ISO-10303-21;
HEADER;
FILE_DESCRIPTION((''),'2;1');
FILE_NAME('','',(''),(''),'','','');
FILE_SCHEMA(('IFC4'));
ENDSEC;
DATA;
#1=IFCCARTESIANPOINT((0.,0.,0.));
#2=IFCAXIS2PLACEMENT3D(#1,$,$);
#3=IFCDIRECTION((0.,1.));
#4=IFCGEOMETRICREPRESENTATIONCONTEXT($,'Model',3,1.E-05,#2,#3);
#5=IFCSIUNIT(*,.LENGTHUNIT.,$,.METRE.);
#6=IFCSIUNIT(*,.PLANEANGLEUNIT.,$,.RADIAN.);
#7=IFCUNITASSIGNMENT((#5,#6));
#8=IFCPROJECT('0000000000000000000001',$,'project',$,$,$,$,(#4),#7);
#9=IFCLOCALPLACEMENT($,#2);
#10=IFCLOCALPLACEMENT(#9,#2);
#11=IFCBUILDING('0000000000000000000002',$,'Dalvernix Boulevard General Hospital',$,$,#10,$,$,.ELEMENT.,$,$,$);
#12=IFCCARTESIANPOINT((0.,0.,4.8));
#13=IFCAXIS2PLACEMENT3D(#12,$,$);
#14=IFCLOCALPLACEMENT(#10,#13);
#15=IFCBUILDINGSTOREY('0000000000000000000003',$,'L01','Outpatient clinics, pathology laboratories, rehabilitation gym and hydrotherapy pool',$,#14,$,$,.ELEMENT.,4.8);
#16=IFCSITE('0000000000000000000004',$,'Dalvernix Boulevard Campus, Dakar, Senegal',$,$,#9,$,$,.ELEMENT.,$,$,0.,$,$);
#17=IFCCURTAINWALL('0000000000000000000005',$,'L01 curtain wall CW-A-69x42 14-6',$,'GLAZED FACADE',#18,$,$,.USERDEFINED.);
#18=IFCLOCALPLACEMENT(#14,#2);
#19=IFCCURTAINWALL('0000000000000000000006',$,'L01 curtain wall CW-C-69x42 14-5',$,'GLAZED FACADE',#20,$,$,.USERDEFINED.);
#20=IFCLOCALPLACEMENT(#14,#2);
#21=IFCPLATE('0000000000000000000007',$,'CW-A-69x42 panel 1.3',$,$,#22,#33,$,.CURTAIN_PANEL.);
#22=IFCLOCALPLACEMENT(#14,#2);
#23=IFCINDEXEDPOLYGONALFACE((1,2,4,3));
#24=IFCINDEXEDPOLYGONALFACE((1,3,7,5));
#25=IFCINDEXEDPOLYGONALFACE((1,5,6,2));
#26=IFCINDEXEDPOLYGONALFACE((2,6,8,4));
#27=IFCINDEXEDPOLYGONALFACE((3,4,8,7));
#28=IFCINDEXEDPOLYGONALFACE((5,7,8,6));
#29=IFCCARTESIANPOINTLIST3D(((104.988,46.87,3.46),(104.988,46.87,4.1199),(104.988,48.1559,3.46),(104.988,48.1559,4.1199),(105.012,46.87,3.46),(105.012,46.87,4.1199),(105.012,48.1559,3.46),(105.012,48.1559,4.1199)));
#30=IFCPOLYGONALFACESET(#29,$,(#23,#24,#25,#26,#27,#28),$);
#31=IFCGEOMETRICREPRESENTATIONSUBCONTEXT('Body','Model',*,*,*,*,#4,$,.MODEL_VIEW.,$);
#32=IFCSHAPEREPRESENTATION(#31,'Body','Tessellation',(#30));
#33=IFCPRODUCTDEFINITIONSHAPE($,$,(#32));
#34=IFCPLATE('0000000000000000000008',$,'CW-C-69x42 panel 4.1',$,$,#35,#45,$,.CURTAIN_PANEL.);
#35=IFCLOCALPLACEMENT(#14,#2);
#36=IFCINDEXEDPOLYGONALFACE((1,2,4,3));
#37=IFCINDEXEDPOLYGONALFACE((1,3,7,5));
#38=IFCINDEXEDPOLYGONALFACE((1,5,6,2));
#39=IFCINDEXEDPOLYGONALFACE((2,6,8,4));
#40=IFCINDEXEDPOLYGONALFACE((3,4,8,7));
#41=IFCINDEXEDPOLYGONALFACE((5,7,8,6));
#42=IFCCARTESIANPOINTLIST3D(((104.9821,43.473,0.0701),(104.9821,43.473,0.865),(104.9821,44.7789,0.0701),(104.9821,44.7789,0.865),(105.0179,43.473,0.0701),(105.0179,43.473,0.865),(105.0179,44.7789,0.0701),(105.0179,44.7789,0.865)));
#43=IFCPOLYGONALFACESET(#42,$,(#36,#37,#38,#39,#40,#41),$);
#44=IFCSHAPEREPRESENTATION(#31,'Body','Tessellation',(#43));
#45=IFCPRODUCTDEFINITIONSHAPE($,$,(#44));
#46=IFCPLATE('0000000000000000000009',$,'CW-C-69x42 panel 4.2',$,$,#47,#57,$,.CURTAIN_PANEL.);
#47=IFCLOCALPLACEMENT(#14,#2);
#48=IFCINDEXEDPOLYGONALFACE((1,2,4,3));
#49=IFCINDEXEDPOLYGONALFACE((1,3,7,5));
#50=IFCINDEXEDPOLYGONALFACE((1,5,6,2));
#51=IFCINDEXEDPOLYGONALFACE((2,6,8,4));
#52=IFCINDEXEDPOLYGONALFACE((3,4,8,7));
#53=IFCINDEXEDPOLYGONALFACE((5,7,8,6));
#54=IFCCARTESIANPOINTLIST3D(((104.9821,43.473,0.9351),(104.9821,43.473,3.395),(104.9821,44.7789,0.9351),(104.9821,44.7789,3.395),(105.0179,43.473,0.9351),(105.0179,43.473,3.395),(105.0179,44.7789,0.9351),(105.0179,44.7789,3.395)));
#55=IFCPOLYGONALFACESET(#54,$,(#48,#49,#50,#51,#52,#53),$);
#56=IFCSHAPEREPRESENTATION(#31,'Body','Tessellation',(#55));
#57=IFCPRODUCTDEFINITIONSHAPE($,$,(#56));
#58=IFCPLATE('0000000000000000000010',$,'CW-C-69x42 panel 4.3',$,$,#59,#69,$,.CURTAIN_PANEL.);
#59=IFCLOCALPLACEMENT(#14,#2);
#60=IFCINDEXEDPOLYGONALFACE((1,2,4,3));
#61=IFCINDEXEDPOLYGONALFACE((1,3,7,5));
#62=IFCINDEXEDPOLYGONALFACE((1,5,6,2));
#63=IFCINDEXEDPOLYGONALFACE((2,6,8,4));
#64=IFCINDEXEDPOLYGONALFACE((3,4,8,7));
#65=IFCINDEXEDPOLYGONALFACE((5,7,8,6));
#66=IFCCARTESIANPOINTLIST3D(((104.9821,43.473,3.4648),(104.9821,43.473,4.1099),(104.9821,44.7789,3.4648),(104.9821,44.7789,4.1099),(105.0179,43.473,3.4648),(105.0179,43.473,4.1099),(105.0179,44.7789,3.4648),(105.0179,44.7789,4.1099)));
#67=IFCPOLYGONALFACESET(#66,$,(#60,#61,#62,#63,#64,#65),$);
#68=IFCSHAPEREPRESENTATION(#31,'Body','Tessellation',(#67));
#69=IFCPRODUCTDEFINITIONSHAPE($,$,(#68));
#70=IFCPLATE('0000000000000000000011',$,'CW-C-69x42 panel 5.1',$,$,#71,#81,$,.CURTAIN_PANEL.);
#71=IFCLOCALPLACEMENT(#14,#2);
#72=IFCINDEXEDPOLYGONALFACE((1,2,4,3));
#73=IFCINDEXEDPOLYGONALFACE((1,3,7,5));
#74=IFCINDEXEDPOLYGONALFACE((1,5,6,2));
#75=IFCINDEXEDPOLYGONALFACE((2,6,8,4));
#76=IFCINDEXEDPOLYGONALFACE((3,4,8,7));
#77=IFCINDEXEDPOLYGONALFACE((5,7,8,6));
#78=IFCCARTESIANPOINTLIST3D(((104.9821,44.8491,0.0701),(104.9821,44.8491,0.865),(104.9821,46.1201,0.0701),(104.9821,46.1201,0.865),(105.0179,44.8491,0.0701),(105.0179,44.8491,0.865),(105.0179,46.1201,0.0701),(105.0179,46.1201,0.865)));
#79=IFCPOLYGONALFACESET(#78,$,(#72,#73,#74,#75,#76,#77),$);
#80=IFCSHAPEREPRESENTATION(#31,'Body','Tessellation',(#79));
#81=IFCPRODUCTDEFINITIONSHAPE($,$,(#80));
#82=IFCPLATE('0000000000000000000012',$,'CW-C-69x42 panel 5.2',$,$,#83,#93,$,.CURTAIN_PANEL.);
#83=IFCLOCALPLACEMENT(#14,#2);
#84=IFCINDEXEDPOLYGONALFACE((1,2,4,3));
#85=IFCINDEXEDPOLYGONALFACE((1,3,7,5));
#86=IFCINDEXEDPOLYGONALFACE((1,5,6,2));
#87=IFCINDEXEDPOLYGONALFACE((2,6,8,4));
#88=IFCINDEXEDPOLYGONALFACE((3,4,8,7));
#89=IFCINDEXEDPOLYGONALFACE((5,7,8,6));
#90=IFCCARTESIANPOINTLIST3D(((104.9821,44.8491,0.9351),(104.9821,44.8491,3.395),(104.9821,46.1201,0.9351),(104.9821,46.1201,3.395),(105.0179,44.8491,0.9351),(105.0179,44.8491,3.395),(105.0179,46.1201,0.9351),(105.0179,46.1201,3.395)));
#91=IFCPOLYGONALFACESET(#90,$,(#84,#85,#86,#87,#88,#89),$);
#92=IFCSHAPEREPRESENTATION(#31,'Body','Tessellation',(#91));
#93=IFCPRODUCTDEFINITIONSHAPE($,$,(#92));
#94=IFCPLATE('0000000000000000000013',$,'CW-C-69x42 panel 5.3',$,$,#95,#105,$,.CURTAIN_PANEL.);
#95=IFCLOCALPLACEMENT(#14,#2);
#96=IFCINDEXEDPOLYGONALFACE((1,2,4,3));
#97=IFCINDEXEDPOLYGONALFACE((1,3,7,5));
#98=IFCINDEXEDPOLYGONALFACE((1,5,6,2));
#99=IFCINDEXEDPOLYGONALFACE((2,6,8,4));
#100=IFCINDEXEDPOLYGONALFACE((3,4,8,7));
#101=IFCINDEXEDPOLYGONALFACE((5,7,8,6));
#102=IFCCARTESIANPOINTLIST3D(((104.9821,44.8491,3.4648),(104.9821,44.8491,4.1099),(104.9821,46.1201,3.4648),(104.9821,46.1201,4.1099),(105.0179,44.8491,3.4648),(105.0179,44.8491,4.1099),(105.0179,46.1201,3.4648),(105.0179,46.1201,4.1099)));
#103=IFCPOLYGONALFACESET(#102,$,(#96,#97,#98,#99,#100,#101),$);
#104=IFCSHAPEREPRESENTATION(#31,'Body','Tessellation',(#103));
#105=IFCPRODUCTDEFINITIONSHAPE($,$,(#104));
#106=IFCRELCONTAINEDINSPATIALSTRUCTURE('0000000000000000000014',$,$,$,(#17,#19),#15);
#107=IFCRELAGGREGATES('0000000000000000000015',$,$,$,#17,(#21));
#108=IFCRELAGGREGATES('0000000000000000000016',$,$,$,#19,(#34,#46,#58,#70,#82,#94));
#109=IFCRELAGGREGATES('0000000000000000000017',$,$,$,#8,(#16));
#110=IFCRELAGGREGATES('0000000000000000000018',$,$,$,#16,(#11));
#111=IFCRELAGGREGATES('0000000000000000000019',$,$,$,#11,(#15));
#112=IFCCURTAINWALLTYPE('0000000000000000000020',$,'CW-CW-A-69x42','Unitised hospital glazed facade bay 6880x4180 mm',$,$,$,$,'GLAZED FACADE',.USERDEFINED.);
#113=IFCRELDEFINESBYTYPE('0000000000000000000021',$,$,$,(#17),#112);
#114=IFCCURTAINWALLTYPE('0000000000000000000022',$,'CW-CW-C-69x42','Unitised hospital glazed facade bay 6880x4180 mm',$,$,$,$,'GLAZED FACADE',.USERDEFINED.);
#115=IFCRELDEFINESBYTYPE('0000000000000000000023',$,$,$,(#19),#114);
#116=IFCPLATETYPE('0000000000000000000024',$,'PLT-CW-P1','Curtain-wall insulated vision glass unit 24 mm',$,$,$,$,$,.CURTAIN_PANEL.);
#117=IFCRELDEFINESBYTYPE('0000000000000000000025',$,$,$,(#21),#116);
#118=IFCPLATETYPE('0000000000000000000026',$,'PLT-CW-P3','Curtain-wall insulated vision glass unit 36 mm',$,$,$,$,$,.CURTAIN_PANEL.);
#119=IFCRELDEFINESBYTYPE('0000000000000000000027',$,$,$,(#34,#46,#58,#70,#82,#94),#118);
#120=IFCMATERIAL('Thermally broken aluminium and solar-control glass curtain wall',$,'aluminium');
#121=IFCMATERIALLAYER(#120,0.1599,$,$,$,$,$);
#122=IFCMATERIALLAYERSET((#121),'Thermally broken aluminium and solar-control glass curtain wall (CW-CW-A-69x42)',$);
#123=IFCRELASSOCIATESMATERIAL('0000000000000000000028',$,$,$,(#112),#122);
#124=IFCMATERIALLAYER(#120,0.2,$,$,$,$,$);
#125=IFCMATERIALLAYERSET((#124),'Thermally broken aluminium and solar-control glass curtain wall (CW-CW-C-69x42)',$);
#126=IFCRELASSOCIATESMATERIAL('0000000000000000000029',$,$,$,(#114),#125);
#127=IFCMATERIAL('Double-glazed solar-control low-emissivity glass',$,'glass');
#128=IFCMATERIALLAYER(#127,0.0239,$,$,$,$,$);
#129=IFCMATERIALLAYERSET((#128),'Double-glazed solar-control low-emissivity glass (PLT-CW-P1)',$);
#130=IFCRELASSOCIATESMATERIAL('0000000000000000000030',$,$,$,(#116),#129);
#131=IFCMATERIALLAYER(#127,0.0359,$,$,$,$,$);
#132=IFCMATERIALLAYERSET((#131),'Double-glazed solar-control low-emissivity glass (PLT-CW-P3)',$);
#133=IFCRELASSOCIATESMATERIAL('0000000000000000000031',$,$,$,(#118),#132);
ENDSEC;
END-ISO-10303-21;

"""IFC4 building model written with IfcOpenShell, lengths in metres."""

from ifc_helpers import new_model, si_unit, direction, frame, origin, origin_2d, place, context, subcontext, project, spatial, rectangle, extrude, material, layer, layer_set, type_object, element, aggregate, save


model = new_model("IFC4")

# Units and contexts
model_context = context("Model", 3, precision=1e-05, world=origin(), true_north=direction((0.0, 1.0)))
body_context = subcontext(model_context, "Body", "Model", "MODEL_VIEW")
ifc_project = project(units=[si_unit("LENGTHUNIT", "METRE"), si_unit("PLANEANGLEUNIT", "RADIAN")], contexts=[model_context])

# Site, building, storey
site_placement = place(None, origin())
site = spatial("IfcSite", under=ifc_project, at=site_placement, Name="Dalvernix Boulevard Campus, Dakar, Senegal", CompositionType="ELEMENT", RefElevation=0.0)
building_placement = place(site_placement, origin())
building = spatial("IfcBuilding", under=site, at=building_placement, Name="Dalvernix Boulevard General Hospital", CompositionType="ELEMENT")
storey_placement = place(building_placement, frame((0.0, 0.0, 4.8)))
storey = spatial("IfcBuildingStorey", under=building, at=storey_placement, Name="L01", Description="Outpatient clinics, pathology laboratories, rehabilitation gym and hydrotherapy pool", CompositionType="ELEMENT", Elevation=4.8)

# Curtain wall
ifc_material_1 = material(Name="Thermally broken aluminium and solar-control glass curtain wall", Category="aluminium")
ifc_layer_1 = layer(ifc_material_1, 0.1599)
ifc_layer_set_1 = layer_set([ifc_layer_1], Name="Thermally broken aluminium and solar-control glass curtain wall (CW-CW-A-69x42)")
curtain_wall_type_1 = type_object("IfcCurtainWallType", Name="CW-CW-A-69x42", Description="Unitised hospital glazed facade bay 6880x4180 mm", ElementType="GLAZED FACADE", PredefinedType="USERDEFINED", material=ifc_layer_set_1)
curtain_wall_1_placement = place(storey_placement, origin())
curtain_wall_1 = element("IfcCurtainWall", 1, at=curtain_wall_1_placement, inside=storey, type_object=curtain_wall_type_1, Name="L01 curtain wall CW-A-69x42 14-6", ObjectType="GLAZED FACADE", PredefinedType="USERDEFINED")

# Curtain wall
ifc_layer_2 = layer(ifc_material_1, 0.2)
ifc_layer_set_2 = layer_set([ifc_layer_2], Name="Thermally broken aluminium and solar-control glass curtain wall (CW-CW-C-69x42)")
curtain_wall_type_2 = type_object("IfcCurtainWallType", Name="CW-CW-C-69x42", Description="Unitised hospital glazed facade bay 6880x4180 mm", ElementType="GLAZED FACADE", PredefinedType="USERDEFINED", material=ifc_layer_set_2)
curtain_wall_2_placement = place(storey_placement, origin())
curtain_wall_2 = element("IfcCurtainWall", 2, at=curtain_wall_2_placement, inside=storey, type_object=curtain_wall_type_2, Name="L01 curtain wall CW-C-69x42 14-5", ObjectType="GLAZED FACADE", PredefinedType="USERDEFINED")

# Plates
ifc_material_2 = material(Name="Double-glazed solar-control low-emissivity glass", Category="glass")
ifc_layer_3 = layer(ifc_material_2, 0.0239)
ifc_layer_set_3 = layer_set([ifc_layer_3], Name="Double-glazed solar-control low-emissivity glass (PLT-CW-P1)")
plate_type_1 = type_object("IfcPlateType", Name="PLT-CW-P1", Description="Curtain-wall insulated vision glass unit 24 mm", PredefinedType="CURTAIN_PANEL", material=ifc_layer_set_3)
plate_1_placement = place(storey_placement, frame((105.0, 47.5129, 3.46), z_axis=(0.0, 0.0, 1.0), x_axis=(0.0, 1.0, 0.0)))
plate_1 = element("IfcPlate", 3, at=plate_1_placement, type_object=plate_type_1, Name="CW-A-69x42 panel 1.3", PredefinedType="CURTAIN_PANEL", context=body_context, shape_type="SweptSolid", body=[
    extrude(rectangle(XDim=1.2859, YDim=0.0239, at=origin_2d()), origin(), (0.0, 0.0, 1.0), 0.6599),
])
aggregate(curtain_wall_1, [plate_1])
ifc_layer_4 = layer(ifc_material_2, 0.0359)
ifc_layer_set_4 = layer_set([ifc_layer_4], Name="Double-glazed solar-control low-emissivity glass (PLT-CW-P3)")
plate_type_2 = type_object("IfcPlateType", Name="PLT-CW-P3", Description="Curtain-wall insulated vision glass unit 36 mm", PredefinedType="CURTAIN_PANEL", material=ifc_layer_set_4)
plate_2_placement = place(storey_placement, frame((105.0, 44.126, 0.0701), z_axis=(0.0, 0.0, 1.0), x_axis=(0.0, 1.0, 0.0)))
plate_2 = element("IfcPlate", 4, at=plate_2_placement, type_object=plate_type_2, Name="CW-C-69x42 panel 4.1", PredefinedType="CURTAIN_PANEL", context=body_context, shape_type="SweptSolid", body=[
    extrude(rectangle(XDim=1.3059, YDim=0.0359, at=origin_2d()), origin(), (0.0, 0.0, 1.0), 0.7949),
])
plate_3_placement = place(storey_placement, frame((105.0, 44.126, 0.9351), z_axis=(0.0, 0.0, 1.0), x_axis=(0.0, 1.0, 0.0)))
plate_3 = element("IfcPlate", 5, at=plate_3_placement, type_object=plate_type_2, Name="CW-C-69x42 panel 4.2", PredefinedType="CURTAIN_PANEL", context=body_context, shape_type="SweptSolid", body=[
    extrude(rectangle(XDim=1.3059, YDim=0.0359, at=origin_2d()), origin(), (0.0, 0.0, 1.0), 2.46),
])
plate_4_placement = place(storey_placement, frame((105.0, 44.126, 3.4648), z_axis=(0.0, 0.0, 1.0), x_axis=(0.0, 1.0, 0.0)))
plate_4 = element("IfcPlate", 6, at=plate_4_placement, type_object=plate_type_2, Name="CW-C-69x42 panel 4.3", PredefinedType="CURTAIN_PANEL", context=body_context, shape_type="SweptSolid", body=[
    extrude(rectangle(XDim=1.3059, YDim=0.0359, at=origin_2d()), origin(), (0.0, 0.0, 1.0), 0.645),
])
plate_5_placement = place(storey_placement, frame((105.0, 45.4846, 0.0701), z_axis=(0.0, 0.0, 1.0), x_axis=(0.0, 1.0, 0.0)))
plate_5 = element("IfcPlate", 7, at=plate_5_placement, type_object=plate_type_2, Name="CW-C-69x42 panel 5.1", PredefinedType="CURTAIN_PANEL", context=body_context, shape_type="SweptSolid", body=[
    extrude(rectangle(XDim=1.271, YDim=0.0359, at=origin_2d()), origin(), (0.0, 0.0, 1.0), 0.7949),
])
plate_6_placement = place(storey_placement, frame((105.0, 45.4846, 0.9351), z_axis=(0.0, 0.0, 1.0), x_axis=(0.0, 1.0, 0.0)))
plate_6 = element("IfcPlate", 8, at=plate_6_placement, type_object=plate_type_2, Name="CW-C-69x42 panel 5.2", PredefinedType="CURTAIN_PANEL", context=body_context, shape_type="SweptSolid", body=[
    extrude(rectangle(XDim=1.271, YDim=0.0359, at=origin_2d()), origin(), (0.0, 0.0, 1.0), 2.46),
])
plate_7_placement = place(storey_placement, frame((105.0, 45.4846, 3.4648), z_axis=(0.0, 0.0, 1.0), x_axis=(0.0, 1.0, 0.0)))
plate_7 = element("IfcPlate", 9, at=plate_7_placement, type_object=plate_type_2, Name="CW-C-69x42 panel 5.3", PredefinedType="CURTAIN_PANEL", context=body_context, shape_type="SweptSolid", body=[
    extrude(rectangle(XDim=1.271, YDim=0.0359, at=origin_2d()), origin(), (0.0, 0.0, 1.0), 0.645),
])
aggregate(curtain_wall_2, [plate_2, plate_3, plate_4, plate_5, plate_6, plate_7])

save(model, "model.ifc")
